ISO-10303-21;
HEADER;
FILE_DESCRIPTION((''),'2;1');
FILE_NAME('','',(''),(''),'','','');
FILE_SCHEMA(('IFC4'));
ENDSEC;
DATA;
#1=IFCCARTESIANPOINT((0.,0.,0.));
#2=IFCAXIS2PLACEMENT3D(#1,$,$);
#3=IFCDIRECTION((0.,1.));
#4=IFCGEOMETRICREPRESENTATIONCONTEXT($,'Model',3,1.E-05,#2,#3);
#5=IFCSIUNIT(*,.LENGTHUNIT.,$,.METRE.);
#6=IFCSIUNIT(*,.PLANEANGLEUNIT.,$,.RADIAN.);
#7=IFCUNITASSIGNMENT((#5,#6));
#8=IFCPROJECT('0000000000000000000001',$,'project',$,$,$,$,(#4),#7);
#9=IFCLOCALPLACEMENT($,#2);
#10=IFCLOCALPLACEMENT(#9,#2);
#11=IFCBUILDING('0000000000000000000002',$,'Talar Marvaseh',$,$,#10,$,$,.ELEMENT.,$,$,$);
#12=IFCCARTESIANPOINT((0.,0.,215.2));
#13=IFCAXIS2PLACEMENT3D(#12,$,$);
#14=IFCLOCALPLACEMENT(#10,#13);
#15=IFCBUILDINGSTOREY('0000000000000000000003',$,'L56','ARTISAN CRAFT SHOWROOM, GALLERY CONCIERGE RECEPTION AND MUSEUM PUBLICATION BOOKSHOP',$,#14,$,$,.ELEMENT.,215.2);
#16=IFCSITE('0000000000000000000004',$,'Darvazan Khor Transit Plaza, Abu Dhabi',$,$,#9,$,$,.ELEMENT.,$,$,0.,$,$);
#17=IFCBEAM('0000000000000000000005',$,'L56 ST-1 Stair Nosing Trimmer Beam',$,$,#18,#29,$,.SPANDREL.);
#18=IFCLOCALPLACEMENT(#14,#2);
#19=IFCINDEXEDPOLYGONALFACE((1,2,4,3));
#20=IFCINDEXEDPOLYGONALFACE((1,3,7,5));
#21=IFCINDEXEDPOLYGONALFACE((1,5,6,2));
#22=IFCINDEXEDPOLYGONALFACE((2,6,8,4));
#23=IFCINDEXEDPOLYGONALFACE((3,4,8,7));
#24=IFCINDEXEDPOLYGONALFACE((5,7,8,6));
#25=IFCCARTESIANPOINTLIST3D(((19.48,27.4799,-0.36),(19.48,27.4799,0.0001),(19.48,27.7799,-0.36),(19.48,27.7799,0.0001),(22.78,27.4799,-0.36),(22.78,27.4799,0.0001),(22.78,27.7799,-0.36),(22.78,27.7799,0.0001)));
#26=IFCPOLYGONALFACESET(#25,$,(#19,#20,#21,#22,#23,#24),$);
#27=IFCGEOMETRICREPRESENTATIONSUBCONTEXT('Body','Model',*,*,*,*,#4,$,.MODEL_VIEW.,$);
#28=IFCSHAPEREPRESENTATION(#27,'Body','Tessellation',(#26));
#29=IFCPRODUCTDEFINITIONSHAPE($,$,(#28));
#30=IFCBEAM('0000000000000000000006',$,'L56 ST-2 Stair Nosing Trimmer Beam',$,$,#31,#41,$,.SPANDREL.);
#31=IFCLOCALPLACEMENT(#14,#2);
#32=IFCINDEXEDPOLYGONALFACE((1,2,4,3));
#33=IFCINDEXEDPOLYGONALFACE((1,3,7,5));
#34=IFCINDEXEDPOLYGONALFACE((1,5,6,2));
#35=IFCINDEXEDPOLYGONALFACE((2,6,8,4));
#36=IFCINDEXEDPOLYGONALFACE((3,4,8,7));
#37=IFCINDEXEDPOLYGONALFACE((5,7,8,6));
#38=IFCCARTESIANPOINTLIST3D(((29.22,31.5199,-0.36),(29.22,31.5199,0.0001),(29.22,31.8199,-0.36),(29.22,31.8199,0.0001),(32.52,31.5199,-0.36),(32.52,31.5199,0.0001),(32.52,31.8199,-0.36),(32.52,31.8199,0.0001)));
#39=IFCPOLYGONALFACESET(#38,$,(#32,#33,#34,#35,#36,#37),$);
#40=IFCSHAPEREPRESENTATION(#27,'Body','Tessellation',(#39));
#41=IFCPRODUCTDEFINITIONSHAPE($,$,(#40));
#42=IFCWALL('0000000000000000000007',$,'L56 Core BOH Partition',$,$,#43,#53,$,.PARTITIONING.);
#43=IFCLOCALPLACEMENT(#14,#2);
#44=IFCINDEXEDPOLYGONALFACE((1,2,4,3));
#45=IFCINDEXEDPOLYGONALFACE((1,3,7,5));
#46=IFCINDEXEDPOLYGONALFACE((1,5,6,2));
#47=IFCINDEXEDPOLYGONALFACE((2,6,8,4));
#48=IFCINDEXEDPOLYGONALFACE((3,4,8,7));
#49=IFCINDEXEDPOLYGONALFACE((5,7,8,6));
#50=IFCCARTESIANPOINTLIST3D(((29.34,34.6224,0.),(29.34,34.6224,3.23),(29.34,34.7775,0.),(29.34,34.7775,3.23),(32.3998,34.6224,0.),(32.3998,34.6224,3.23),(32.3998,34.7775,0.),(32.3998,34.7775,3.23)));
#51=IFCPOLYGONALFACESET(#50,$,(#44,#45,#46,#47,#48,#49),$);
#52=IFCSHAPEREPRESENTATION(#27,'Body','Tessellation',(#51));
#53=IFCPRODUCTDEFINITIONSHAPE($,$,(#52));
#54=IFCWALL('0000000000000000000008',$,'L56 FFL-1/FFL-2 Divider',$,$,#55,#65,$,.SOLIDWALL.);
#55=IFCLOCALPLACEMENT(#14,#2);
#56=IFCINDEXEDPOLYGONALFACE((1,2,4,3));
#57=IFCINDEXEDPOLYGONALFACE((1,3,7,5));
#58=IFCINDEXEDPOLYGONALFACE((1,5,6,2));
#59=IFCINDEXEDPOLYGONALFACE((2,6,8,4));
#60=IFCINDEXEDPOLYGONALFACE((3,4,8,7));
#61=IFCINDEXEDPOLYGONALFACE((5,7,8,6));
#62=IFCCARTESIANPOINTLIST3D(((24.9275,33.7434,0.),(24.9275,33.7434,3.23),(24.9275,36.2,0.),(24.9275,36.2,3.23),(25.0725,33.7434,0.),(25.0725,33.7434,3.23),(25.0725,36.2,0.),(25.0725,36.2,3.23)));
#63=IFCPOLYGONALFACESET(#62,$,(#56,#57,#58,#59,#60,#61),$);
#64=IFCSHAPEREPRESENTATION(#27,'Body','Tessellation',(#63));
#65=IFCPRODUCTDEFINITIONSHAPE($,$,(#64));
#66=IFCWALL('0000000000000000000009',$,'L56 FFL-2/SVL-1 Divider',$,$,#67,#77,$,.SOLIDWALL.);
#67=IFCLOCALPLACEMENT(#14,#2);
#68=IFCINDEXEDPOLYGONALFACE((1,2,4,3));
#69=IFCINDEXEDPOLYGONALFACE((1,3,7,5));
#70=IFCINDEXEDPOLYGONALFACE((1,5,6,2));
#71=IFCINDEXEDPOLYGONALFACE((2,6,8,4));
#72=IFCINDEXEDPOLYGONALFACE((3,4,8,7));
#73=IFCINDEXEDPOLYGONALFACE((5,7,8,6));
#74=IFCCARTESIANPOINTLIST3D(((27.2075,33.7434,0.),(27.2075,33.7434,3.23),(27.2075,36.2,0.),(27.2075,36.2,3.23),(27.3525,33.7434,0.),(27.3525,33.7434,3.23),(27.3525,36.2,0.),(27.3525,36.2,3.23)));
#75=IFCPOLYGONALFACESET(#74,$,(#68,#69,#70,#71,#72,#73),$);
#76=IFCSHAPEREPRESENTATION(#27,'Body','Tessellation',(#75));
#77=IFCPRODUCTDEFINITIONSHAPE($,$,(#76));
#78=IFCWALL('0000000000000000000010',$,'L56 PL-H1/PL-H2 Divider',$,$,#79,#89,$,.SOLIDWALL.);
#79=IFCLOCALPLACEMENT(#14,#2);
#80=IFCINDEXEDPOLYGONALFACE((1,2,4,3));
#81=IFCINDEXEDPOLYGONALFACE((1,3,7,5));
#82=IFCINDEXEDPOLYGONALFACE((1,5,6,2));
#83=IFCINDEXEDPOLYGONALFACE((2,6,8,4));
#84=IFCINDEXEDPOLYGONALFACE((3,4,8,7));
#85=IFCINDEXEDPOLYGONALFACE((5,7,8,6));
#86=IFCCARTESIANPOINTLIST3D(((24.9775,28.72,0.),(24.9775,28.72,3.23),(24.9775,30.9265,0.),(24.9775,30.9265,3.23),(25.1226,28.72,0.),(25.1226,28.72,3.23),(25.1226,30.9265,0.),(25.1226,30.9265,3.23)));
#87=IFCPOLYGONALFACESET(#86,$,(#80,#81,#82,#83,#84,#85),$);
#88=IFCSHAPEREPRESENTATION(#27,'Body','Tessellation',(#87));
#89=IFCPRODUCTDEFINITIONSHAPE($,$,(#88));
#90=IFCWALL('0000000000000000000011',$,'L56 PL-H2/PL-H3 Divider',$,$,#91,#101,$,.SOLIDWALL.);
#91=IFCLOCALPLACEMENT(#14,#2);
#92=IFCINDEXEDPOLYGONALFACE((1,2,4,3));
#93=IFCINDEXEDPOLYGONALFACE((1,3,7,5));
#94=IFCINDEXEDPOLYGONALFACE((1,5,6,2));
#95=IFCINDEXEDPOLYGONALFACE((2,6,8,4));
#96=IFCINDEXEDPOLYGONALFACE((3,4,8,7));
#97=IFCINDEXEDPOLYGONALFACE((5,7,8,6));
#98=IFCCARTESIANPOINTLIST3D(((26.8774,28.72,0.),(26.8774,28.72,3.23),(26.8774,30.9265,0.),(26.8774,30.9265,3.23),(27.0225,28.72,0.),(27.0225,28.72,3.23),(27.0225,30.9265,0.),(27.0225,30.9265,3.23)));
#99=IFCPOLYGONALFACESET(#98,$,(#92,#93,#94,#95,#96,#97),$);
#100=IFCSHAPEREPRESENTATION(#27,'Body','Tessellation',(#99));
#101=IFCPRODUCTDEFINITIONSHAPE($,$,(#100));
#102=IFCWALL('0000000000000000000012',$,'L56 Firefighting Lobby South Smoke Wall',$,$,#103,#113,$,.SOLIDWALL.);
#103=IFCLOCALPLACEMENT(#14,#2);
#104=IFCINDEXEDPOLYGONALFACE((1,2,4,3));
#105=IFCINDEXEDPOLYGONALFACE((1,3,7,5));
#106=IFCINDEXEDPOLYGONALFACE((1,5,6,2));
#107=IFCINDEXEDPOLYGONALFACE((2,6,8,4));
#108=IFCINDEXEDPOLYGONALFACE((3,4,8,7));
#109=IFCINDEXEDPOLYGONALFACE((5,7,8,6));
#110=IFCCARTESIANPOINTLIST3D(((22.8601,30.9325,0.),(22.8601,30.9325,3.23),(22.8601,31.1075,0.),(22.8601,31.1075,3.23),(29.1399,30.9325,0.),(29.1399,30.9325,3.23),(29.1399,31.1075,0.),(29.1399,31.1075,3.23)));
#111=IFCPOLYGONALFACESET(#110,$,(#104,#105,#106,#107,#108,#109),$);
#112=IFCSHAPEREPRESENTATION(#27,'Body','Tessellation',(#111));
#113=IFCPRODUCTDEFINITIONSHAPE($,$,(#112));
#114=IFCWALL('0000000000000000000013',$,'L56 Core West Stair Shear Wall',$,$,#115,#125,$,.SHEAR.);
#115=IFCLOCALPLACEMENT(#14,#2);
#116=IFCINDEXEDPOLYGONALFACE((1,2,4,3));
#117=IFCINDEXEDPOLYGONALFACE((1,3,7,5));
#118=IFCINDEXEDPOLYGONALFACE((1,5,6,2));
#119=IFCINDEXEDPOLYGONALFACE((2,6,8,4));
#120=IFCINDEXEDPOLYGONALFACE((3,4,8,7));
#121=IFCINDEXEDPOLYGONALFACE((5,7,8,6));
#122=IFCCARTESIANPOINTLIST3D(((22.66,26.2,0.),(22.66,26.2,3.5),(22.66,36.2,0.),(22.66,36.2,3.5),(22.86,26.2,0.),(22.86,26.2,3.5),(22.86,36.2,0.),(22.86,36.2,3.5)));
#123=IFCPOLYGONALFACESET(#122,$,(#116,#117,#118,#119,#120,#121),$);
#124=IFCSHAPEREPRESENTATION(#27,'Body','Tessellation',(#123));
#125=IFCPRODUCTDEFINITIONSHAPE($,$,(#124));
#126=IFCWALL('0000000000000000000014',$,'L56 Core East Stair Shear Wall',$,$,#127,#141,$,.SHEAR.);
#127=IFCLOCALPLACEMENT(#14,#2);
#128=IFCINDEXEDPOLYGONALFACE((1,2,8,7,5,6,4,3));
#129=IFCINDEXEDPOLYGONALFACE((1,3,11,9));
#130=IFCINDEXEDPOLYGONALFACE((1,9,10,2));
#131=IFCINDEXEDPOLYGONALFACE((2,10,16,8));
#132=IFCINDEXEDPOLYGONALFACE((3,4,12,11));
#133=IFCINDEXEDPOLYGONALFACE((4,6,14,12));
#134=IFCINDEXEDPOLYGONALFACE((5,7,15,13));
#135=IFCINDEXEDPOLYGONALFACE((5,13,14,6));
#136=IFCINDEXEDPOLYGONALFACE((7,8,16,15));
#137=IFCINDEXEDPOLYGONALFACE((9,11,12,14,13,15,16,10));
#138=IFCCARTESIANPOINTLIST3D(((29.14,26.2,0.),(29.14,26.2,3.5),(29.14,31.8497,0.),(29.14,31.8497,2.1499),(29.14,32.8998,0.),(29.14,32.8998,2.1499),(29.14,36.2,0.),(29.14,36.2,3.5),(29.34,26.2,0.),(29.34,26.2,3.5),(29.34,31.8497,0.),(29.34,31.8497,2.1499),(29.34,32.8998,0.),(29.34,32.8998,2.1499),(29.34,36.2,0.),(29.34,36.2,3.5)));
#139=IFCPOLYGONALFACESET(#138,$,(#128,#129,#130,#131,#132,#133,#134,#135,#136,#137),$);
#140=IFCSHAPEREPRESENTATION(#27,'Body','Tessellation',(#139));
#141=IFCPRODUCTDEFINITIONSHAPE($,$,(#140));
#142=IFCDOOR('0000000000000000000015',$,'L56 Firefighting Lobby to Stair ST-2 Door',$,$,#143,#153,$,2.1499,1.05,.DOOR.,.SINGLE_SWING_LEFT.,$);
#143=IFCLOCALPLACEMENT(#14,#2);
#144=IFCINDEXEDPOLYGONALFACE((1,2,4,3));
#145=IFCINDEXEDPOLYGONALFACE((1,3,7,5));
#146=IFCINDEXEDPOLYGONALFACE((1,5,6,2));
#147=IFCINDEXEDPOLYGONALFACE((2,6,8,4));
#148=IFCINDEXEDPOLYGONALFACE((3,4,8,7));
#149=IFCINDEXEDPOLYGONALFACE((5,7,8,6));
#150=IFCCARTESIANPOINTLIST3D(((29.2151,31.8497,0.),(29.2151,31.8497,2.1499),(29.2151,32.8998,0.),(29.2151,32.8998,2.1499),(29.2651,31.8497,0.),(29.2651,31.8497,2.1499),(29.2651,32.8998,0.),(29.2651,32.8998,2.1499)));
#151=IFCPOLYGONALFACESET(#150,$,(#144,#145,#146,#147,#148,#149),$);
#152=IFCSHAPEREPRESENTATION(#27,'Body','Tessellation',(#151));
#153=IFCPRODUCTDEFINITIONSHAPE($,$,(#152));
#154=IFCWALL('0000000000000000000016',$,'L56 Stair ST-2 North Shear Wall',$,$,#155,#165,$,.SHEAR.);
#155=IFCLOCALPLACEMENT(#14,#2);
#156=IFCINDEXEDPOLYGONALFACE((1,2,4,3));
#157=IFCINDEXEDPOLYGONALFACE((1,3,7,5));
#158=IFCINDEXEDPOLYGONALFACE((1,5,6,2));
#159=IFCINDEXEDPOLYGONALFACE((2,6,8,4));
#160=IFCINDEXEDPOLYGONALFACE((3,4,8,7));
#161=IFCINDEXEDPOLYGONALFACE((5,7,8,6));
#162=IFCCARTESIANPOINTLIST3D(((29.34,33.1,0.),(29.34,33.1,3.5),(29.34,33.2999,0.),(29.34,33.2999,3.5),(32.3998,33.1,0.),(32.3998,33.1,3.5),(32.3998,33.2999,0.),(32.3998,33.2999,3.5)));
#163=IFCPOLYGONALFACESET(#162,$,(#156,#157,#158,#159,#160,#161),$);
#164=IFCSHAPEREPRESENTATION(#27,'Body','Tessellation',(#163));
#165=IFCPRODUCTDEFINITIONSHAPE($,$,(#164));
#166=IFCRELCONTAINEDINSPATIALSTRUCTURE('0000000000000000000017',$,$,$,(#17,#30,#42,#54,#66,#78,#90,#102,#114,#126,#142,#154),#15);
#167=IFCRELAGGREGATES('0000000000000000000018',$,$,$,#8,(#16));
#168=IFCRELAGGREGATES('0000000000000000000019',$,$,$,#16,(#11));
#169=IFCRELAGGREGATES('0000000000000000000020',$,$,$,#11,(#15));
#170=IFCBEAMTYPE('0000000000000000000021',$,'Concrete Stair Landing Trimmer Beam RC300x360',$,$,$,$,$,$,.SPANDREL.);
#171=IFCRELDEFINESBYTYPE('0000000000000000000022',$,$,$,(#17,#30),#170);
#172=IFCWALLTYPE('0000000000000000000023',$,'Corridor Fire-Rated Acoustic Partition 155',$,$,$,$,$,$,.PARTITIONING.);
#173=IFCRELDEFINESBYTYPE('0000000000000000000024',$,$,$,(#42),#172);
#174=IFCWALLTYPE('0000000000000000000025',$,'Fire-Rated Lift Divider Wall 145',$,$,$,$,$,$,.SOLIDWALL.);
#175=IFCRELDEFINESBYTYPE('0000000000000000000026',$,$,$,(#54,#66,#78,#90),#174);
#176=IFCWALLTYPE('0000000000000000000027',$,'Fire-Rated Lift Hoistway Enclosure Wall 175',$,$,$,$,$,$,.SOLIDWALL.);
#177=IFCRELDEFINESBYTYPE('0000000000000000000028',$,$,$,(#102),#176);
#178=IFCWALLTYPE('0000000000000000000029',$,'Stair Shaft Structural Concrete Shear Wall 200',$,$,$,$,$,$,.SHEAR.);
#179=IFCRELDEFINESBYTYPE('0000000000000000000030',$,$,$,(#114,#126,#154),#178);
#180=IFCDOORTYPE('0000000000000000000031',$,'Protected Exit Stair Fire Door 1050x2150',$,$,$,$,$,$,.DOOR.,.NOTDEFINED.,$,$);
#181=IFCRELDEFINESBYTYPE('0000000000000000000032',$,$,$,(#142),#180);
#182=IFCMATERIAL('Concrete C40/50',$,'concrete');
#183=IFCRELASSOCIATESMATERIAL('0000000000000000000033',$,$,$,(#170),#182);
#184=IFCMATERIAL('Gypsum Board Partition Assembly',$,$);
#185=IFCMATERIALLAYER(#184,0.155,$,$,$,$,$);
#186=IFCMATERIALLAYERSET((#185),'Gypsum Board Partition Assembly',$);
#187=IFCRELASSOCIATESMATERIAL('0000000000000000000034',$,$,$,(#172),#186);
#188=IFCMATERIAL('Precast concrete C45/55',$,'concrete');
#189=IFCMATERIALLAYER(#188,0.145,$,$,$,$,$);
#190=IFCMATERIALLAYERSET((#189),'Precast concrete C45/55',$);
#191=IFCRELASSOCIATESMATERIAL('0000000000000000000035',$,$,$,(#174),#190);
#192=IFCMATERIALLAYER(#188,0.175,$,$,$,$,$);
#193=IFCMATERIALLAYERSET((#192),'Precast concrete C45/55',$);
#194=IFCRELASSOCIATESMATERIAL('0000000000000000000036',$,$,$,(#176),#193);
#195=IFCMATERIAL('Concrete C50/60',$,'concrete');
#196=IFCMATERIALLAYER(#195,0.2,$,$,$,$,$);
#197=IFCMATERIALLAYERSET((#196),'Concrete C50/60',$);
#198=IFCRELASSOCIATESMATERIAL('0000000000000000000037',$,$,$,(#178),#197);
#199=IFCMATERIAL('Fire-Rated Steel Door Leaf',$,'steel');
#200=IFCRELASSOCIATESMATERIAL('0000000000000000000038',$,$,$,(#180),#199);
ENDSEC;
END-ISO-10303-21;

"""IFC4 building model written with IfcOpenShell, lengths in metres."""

from ifc_helpers import new_model, si_unit, direction, frame, frame_2d, origin, origin_2d, place, context, subcontext, project, spatial, rectangle, extrude, source, transform, mapped, material, layer, layer_set, material_profile, profile_set, type_object, type_shapes, element, fill, save


model = new_model("IFC4")

# Units and contexts
model_context = context("Model", 3, precision=1e-05, world=origin(), true_north=direction((0.0, 1.0)))
body_context = subcontext(model_context, "Body", "Model", "MODEL_VIEW")
ifc_project = project(units=[si_unit("LENGTHUNIT", "METRE"), si_unit("PLANEANGLEUNIT", "RADIAN")], contexts=[model_context])

# Site, building, storey
site_placement = place(None, origin())
site = spatial("IfcSite", under=ifc_project, at=site_placement, Name="Darvazan Khor Transit Plaza, Abu Dhabi", CompositionType="ELEMENT", RefElevation=0.0)
building_placement = place(site_placement, origin())
building = spatial("IfcBuilding", under=site, at=building_placement, Name="Talar Marvaseh", CompositionType="ELEMENT")
storey_placement = place(building_placement, frame((0.0, 0.0, 215.2)))
storey = spatial("IfcBuildingStorey", under=building, at=storey_placement, Name="L56", Description="ARTISAN CRAFT SHOWROOM, GALLERY CONCIERGE RECEPTION AND MUSEUM PUBLICATION BOOKSHOP", CompositionType="ELEMENT", Elevation=215.2)

# Beams
ifc_material_1 = material(Name="Concrete C40/50", Category="concrete")
ifc_material_profile = material_profile(ifc_material_1, rectangle(XDim=0.3, YDim=0.3601, at=origin_2d()), Name="RC300x360")
ifc_profile_set = profile_set([ifc_material_profile], Name="Concrete C40/50")
beam_type = type_object("IfcBeamType", Name="Concrete Stair Landing Trimmer Beam RC300x360", PredefinedType="SPANDREL", material=ifc_profile_set)
for number, where, z_axis, x_axis, name in (
    (1, (22.78, 27.6299, -0.1799), (-1.0, 0.0, 0.0), (0.0, -1.0, 0.0), "L56 ST-1 Stair Nosing Trimmer Beam"),
    (2, (29.22, 31.6699, -0.1799), (1.0, 0.0, 0.0), (0.0, 1.0, 0.0), "L56 ST-2 Stair Nosing Trimmer Beam"),
):
    element("IfcBeam", number, at=place(storey_placement, frame(where, z_axis=z_axis, x_axis=x_axis)), inside=storey, type_object=beam_type, Name=name, PredefinedType="SPANDREL", context=body_context, shape_type="SweptSolid", body=[
        extrude(rectangle(XDim=0.3, YDim=0.3601, at=origin_2d()), origin(), (0.0, 0.0, 1.0), 3.3),
    ])

# Walls
ifc_material_2 = material(Name="Gypsum Board Partition Assembly")
ifc_layer_1 = layer(ifc_material_2, 0.155)
ifc_layer_set_1 = layer_set([ifc_layer_1], Name="Gypsum Board Partition Assembly")
wall_type_1 = type_object("IfcWallType", Name="Corridor Fire-Rated Acoustic Partition 155", PredefinedType="PARTITIONING", material=ifc_layer_set_1)
wall_1_placement = place(storey_placement, frame((29.3401, 34.7, 0.0), z_axis=(0.0, 0.0, 1.0), x_axis=(1.0, 0.0, 0.0)))
element("IfcWall", 3, at=wall_1_placement, inside=storey, type_object=wall_type_1, Name="L56 Core BOH Partition", PredefinedType="PARTITIONING", context=body_context, shape_type="SweptSolid", body=[
    extrude(rectangle(XDim=3.0598, YDim=0.155, at=frame_2d((1.5298, 0.0))), origin(), (0.0, 0.0, 1.0), 3.23),
])
ifc_material_3 = material(Name="Precast concrete C45/55", Category="concrete")
ifc_layer_2 = layer(ifc_material_3, 0.145)
ifc_layer_set_2 = layer_set([ifc_layer_2], Name="Precast concrete C45/55")
wall_type_2 = type_object("IfcWallType", Name="Fire-Rated Lift Divider Wall 145", PredefinedType="SOLIDWALL", material=ifc_layer_set_2)
for number, where, z_axis, x_axis, name in (
    (4, (25.0, 33.7434, 0.0), (0.0, 0.0, 1.0), (0.0, 1.0, 0.0), "L56 FFL-1/FFL-2 Divider"),
    (5, (27.28, 33.7434, 0.0), (0.0, 0.0, 1.0), (0.0, 1.0, 0.0), "L56 FFL-2/SVL-1 Divider"),
):
    element("IfcWall", number, at=place(storey_placement, frame(where, z_axis=z_axis, x_axis=x_axis)), inside=storey, type_object=wall_type_2, Name=name, PredefinedType="SOLIDWALL", context=body_context, shape_type="SweptSolid", body=[
        extrude(rectangle(XDim=2.4565, YDim=0.145, at=frame_2d((1.2283, 0.0))), origin(), (0.0, 0.0, 1.0), 3.23),
    ])
for number, where, z_axis, x_axis, name in (
    (6, (25.05, 28.72, 0.0), (0.0, 0.0, 1.0), (0.0, 1.0, 0.0), "L56 PL-H1/PL-H2 Divider"),
    (7, (26.95, 28.72, 0.0), (0.0, 0.0, 1.0), (0.0, 1.0, 0.0), "L56 PL-H2/PL-H3 Divider"),
):
    element("IfcWall", number, at=place(storey_placement, frame(where, z_axis=z_axis, x_axis=x_axis)), inside=storey, type_object=wall_type_2, Name=name, PredefinedType="SOLIDWALL", context=body_context, shape_type="SweptSolid", body=[
        extrude(rectangle(XDim=2.2065, YDim=0.145, at=frame_2d((1.1033, 0.0))), origin(), (0.0, 0.0, 1.0), 3.23),
    ])

# Shared definitions
ifc_layer_3 = layer(ifc_material_3, 0.175)
ifc_layer_set_3 = layer_set([ifc_layer_3], Name="Precast concrete C45/55")
wall_type_3 = type_object("IfcWallType", Name="Fire-Rated Lift Hoistway Enclosure Wall 175", PredefinedType="SOLIDWALL", material=ifc_layer_set_3)

# Wall
wall_2_placement = place(storey_placement, frame((22.8601, 31.02, 0.0), z_axis=(0.0, 0.0, 1.0), x_axis=(1.0, 0.0, 0.0)))
element("IfcWall", 8, at=wall_2_placement, inside=storey, type_object=wall_type_3, Name="L56 Firefighting Lobby South Smoke Wall", PredefinedType="SOLIDWALL", context=body_context, shape_type="SweptSolid", body=[
    extrude(rectangle(XDim=6.2798, YDim=0.175, at=frame_2d((3.1399, 0.0))), origin(), (0.0, 0.0, 1.0), 3.23),
])

# Wall
ifc_material_4 = material(Name="Concrete C50/60", Category="concrete")
ifc_layer_4 = layer(ifc_material_4, 0.2)
ifc_layer_set_4 = layer_set([ifc_layer_4], Name="Concrete C50/60")
wall_type_4 = type_object("IfcWallType", Name="Stair Shaft Structural Concrete Shear Wall 200", PredefinedType="SHEAR", material=ifc_layer_set_4)
wall_3_placement = place(storey_placement, frame((22.76, 26.2, 0.0), z_axis=(0.0, 0.0, 1.0), x_axis=(0.0, 1.0, 0.0)))
element("IfcWall", 9, at=wall_3_placement, inside=storey, type_object=wall_type_4, Name="L56 Core West Stair Shear Wall", PredefinedType="SHEAR", context=body_context, shape_type="SweptSolid", body=[
    extrude(rectangle(XDim=10.0, YDim=0.2, at=frame_2d((5.0, 0.0))), origin(), (0.0, 0.0, 1.0), 3.5),
])

# Wall, opening, door
wall_4_placement = place(storey_placement, frame((29.24, 26.2, 0.0), z_axis=(0.0, 0.0, 1.0), x_axis=(0.0, 1.0, 0.0)))
wall_4 = element("IfcWall", 10, at=wall_4_placement, inside=storey, type_object=wall_type_4, Name="L56 Core East Stair Shear Wall", PredefinedType="SHEAR", context=body_context, shape_type="SweptSolid", body=[
    extrude(rectangle(XDim=10.0, YDim=0.2, at=frame_2d((5.0, 0.0))), origin(), (0.0, 0.0, 1.0), 3.5),
])
opening_1_placement = place(wall_4_placement, frame((5.6499, 0.0, 0.0)))
opening_1 = element("IfcOpeningElement", 11, at=opening_1_placement, cuts=wall_4, PredefinedType="OPENING", context=body_context, shape_type="SweptSolid", body=[
    extrude(rectangle(XDim=1.05, YDim=2.1499, at=frame_2d((0.5249, 1.075))), frame((0.0, 0.1099, 0.0), z_axis=(0.0, -1.0, 0.0), x_axis=(1.0, 0.0, 0.0)), (0.0, 0.0, 1.0), 0.22),
])
ifc_material_5 = material(Name="Fire-Rated Steel Door Leaf", Category="steel")
door_type_1 = type_object("IfcDoorType", Name="Protected Exit Stair Fire Door 1050x2150", OperationType="NOTDEFINED", PredefinedType="DOOR", material=ifc_material_5)
shared_shape_1 = source(origin(), body_context, "Body", "SweptSolid", [
    extrude(rectangle(XDim=1.05, YDim=2.1499, at=frame_2d((0.5249, 1.075))), frame((0.0, 0.0249, 0.0), z_axis=(0.0, -1.0, 0.0), x_axis=(1.0, 0.0, 0.0)), (0.0, 0.0, 1.0), 0.05),
])
type_shapes(door_type_1, [shared_shape_1])
door_1_placement = place(opening_1_placement, origin())
door_1 = element("IfcDoor", 12, at=door_1_placement, inside=storey, type_object=door_type_1, Name="L56 Firefighting Lobby to Stair ST-2 Door", OperationType="SINGLE_SWING_LEFT", OverallHeight=2.1499, OverallWidth=1.05, PredefinedType="DOOR", context=body_context, shape_type="MappedRepresentation", body=[
    mapped(shared_shape_1, transform((0.0, 0.0, 0.0), x_axis=(1.0, 0.0, 0.0), y_axis=(0.0, 1.0, 0.0), z_axis=(0.0, 0.0, 1.0), scale=1.0)),
])
fill(opening_1, door_1)

# Wall
wall_5_placement = place(storey_placement, frame((29.3401, 33.2, 0.0), z_axis=(0.0, 0.0, 1.0), x_axis=(1.0, 0.0, 0.0)))
element("IfcWall", 13, at=wall_5_placement, inside=storey, type_object=wall_type_4, Name="L56 Stair ST-2 North Shear Wall", PredefinedType="SHEAR", context=body_context, shape_type="SweptSolid", body=[
    extrude(rectangle(XDim=3.0598, YDim=0.2, at=frame_2d((1.5298, 0.0))), origin(), (0.0, 0.0, 1.0), 3.5),
])

save(model, "model.ifc")
